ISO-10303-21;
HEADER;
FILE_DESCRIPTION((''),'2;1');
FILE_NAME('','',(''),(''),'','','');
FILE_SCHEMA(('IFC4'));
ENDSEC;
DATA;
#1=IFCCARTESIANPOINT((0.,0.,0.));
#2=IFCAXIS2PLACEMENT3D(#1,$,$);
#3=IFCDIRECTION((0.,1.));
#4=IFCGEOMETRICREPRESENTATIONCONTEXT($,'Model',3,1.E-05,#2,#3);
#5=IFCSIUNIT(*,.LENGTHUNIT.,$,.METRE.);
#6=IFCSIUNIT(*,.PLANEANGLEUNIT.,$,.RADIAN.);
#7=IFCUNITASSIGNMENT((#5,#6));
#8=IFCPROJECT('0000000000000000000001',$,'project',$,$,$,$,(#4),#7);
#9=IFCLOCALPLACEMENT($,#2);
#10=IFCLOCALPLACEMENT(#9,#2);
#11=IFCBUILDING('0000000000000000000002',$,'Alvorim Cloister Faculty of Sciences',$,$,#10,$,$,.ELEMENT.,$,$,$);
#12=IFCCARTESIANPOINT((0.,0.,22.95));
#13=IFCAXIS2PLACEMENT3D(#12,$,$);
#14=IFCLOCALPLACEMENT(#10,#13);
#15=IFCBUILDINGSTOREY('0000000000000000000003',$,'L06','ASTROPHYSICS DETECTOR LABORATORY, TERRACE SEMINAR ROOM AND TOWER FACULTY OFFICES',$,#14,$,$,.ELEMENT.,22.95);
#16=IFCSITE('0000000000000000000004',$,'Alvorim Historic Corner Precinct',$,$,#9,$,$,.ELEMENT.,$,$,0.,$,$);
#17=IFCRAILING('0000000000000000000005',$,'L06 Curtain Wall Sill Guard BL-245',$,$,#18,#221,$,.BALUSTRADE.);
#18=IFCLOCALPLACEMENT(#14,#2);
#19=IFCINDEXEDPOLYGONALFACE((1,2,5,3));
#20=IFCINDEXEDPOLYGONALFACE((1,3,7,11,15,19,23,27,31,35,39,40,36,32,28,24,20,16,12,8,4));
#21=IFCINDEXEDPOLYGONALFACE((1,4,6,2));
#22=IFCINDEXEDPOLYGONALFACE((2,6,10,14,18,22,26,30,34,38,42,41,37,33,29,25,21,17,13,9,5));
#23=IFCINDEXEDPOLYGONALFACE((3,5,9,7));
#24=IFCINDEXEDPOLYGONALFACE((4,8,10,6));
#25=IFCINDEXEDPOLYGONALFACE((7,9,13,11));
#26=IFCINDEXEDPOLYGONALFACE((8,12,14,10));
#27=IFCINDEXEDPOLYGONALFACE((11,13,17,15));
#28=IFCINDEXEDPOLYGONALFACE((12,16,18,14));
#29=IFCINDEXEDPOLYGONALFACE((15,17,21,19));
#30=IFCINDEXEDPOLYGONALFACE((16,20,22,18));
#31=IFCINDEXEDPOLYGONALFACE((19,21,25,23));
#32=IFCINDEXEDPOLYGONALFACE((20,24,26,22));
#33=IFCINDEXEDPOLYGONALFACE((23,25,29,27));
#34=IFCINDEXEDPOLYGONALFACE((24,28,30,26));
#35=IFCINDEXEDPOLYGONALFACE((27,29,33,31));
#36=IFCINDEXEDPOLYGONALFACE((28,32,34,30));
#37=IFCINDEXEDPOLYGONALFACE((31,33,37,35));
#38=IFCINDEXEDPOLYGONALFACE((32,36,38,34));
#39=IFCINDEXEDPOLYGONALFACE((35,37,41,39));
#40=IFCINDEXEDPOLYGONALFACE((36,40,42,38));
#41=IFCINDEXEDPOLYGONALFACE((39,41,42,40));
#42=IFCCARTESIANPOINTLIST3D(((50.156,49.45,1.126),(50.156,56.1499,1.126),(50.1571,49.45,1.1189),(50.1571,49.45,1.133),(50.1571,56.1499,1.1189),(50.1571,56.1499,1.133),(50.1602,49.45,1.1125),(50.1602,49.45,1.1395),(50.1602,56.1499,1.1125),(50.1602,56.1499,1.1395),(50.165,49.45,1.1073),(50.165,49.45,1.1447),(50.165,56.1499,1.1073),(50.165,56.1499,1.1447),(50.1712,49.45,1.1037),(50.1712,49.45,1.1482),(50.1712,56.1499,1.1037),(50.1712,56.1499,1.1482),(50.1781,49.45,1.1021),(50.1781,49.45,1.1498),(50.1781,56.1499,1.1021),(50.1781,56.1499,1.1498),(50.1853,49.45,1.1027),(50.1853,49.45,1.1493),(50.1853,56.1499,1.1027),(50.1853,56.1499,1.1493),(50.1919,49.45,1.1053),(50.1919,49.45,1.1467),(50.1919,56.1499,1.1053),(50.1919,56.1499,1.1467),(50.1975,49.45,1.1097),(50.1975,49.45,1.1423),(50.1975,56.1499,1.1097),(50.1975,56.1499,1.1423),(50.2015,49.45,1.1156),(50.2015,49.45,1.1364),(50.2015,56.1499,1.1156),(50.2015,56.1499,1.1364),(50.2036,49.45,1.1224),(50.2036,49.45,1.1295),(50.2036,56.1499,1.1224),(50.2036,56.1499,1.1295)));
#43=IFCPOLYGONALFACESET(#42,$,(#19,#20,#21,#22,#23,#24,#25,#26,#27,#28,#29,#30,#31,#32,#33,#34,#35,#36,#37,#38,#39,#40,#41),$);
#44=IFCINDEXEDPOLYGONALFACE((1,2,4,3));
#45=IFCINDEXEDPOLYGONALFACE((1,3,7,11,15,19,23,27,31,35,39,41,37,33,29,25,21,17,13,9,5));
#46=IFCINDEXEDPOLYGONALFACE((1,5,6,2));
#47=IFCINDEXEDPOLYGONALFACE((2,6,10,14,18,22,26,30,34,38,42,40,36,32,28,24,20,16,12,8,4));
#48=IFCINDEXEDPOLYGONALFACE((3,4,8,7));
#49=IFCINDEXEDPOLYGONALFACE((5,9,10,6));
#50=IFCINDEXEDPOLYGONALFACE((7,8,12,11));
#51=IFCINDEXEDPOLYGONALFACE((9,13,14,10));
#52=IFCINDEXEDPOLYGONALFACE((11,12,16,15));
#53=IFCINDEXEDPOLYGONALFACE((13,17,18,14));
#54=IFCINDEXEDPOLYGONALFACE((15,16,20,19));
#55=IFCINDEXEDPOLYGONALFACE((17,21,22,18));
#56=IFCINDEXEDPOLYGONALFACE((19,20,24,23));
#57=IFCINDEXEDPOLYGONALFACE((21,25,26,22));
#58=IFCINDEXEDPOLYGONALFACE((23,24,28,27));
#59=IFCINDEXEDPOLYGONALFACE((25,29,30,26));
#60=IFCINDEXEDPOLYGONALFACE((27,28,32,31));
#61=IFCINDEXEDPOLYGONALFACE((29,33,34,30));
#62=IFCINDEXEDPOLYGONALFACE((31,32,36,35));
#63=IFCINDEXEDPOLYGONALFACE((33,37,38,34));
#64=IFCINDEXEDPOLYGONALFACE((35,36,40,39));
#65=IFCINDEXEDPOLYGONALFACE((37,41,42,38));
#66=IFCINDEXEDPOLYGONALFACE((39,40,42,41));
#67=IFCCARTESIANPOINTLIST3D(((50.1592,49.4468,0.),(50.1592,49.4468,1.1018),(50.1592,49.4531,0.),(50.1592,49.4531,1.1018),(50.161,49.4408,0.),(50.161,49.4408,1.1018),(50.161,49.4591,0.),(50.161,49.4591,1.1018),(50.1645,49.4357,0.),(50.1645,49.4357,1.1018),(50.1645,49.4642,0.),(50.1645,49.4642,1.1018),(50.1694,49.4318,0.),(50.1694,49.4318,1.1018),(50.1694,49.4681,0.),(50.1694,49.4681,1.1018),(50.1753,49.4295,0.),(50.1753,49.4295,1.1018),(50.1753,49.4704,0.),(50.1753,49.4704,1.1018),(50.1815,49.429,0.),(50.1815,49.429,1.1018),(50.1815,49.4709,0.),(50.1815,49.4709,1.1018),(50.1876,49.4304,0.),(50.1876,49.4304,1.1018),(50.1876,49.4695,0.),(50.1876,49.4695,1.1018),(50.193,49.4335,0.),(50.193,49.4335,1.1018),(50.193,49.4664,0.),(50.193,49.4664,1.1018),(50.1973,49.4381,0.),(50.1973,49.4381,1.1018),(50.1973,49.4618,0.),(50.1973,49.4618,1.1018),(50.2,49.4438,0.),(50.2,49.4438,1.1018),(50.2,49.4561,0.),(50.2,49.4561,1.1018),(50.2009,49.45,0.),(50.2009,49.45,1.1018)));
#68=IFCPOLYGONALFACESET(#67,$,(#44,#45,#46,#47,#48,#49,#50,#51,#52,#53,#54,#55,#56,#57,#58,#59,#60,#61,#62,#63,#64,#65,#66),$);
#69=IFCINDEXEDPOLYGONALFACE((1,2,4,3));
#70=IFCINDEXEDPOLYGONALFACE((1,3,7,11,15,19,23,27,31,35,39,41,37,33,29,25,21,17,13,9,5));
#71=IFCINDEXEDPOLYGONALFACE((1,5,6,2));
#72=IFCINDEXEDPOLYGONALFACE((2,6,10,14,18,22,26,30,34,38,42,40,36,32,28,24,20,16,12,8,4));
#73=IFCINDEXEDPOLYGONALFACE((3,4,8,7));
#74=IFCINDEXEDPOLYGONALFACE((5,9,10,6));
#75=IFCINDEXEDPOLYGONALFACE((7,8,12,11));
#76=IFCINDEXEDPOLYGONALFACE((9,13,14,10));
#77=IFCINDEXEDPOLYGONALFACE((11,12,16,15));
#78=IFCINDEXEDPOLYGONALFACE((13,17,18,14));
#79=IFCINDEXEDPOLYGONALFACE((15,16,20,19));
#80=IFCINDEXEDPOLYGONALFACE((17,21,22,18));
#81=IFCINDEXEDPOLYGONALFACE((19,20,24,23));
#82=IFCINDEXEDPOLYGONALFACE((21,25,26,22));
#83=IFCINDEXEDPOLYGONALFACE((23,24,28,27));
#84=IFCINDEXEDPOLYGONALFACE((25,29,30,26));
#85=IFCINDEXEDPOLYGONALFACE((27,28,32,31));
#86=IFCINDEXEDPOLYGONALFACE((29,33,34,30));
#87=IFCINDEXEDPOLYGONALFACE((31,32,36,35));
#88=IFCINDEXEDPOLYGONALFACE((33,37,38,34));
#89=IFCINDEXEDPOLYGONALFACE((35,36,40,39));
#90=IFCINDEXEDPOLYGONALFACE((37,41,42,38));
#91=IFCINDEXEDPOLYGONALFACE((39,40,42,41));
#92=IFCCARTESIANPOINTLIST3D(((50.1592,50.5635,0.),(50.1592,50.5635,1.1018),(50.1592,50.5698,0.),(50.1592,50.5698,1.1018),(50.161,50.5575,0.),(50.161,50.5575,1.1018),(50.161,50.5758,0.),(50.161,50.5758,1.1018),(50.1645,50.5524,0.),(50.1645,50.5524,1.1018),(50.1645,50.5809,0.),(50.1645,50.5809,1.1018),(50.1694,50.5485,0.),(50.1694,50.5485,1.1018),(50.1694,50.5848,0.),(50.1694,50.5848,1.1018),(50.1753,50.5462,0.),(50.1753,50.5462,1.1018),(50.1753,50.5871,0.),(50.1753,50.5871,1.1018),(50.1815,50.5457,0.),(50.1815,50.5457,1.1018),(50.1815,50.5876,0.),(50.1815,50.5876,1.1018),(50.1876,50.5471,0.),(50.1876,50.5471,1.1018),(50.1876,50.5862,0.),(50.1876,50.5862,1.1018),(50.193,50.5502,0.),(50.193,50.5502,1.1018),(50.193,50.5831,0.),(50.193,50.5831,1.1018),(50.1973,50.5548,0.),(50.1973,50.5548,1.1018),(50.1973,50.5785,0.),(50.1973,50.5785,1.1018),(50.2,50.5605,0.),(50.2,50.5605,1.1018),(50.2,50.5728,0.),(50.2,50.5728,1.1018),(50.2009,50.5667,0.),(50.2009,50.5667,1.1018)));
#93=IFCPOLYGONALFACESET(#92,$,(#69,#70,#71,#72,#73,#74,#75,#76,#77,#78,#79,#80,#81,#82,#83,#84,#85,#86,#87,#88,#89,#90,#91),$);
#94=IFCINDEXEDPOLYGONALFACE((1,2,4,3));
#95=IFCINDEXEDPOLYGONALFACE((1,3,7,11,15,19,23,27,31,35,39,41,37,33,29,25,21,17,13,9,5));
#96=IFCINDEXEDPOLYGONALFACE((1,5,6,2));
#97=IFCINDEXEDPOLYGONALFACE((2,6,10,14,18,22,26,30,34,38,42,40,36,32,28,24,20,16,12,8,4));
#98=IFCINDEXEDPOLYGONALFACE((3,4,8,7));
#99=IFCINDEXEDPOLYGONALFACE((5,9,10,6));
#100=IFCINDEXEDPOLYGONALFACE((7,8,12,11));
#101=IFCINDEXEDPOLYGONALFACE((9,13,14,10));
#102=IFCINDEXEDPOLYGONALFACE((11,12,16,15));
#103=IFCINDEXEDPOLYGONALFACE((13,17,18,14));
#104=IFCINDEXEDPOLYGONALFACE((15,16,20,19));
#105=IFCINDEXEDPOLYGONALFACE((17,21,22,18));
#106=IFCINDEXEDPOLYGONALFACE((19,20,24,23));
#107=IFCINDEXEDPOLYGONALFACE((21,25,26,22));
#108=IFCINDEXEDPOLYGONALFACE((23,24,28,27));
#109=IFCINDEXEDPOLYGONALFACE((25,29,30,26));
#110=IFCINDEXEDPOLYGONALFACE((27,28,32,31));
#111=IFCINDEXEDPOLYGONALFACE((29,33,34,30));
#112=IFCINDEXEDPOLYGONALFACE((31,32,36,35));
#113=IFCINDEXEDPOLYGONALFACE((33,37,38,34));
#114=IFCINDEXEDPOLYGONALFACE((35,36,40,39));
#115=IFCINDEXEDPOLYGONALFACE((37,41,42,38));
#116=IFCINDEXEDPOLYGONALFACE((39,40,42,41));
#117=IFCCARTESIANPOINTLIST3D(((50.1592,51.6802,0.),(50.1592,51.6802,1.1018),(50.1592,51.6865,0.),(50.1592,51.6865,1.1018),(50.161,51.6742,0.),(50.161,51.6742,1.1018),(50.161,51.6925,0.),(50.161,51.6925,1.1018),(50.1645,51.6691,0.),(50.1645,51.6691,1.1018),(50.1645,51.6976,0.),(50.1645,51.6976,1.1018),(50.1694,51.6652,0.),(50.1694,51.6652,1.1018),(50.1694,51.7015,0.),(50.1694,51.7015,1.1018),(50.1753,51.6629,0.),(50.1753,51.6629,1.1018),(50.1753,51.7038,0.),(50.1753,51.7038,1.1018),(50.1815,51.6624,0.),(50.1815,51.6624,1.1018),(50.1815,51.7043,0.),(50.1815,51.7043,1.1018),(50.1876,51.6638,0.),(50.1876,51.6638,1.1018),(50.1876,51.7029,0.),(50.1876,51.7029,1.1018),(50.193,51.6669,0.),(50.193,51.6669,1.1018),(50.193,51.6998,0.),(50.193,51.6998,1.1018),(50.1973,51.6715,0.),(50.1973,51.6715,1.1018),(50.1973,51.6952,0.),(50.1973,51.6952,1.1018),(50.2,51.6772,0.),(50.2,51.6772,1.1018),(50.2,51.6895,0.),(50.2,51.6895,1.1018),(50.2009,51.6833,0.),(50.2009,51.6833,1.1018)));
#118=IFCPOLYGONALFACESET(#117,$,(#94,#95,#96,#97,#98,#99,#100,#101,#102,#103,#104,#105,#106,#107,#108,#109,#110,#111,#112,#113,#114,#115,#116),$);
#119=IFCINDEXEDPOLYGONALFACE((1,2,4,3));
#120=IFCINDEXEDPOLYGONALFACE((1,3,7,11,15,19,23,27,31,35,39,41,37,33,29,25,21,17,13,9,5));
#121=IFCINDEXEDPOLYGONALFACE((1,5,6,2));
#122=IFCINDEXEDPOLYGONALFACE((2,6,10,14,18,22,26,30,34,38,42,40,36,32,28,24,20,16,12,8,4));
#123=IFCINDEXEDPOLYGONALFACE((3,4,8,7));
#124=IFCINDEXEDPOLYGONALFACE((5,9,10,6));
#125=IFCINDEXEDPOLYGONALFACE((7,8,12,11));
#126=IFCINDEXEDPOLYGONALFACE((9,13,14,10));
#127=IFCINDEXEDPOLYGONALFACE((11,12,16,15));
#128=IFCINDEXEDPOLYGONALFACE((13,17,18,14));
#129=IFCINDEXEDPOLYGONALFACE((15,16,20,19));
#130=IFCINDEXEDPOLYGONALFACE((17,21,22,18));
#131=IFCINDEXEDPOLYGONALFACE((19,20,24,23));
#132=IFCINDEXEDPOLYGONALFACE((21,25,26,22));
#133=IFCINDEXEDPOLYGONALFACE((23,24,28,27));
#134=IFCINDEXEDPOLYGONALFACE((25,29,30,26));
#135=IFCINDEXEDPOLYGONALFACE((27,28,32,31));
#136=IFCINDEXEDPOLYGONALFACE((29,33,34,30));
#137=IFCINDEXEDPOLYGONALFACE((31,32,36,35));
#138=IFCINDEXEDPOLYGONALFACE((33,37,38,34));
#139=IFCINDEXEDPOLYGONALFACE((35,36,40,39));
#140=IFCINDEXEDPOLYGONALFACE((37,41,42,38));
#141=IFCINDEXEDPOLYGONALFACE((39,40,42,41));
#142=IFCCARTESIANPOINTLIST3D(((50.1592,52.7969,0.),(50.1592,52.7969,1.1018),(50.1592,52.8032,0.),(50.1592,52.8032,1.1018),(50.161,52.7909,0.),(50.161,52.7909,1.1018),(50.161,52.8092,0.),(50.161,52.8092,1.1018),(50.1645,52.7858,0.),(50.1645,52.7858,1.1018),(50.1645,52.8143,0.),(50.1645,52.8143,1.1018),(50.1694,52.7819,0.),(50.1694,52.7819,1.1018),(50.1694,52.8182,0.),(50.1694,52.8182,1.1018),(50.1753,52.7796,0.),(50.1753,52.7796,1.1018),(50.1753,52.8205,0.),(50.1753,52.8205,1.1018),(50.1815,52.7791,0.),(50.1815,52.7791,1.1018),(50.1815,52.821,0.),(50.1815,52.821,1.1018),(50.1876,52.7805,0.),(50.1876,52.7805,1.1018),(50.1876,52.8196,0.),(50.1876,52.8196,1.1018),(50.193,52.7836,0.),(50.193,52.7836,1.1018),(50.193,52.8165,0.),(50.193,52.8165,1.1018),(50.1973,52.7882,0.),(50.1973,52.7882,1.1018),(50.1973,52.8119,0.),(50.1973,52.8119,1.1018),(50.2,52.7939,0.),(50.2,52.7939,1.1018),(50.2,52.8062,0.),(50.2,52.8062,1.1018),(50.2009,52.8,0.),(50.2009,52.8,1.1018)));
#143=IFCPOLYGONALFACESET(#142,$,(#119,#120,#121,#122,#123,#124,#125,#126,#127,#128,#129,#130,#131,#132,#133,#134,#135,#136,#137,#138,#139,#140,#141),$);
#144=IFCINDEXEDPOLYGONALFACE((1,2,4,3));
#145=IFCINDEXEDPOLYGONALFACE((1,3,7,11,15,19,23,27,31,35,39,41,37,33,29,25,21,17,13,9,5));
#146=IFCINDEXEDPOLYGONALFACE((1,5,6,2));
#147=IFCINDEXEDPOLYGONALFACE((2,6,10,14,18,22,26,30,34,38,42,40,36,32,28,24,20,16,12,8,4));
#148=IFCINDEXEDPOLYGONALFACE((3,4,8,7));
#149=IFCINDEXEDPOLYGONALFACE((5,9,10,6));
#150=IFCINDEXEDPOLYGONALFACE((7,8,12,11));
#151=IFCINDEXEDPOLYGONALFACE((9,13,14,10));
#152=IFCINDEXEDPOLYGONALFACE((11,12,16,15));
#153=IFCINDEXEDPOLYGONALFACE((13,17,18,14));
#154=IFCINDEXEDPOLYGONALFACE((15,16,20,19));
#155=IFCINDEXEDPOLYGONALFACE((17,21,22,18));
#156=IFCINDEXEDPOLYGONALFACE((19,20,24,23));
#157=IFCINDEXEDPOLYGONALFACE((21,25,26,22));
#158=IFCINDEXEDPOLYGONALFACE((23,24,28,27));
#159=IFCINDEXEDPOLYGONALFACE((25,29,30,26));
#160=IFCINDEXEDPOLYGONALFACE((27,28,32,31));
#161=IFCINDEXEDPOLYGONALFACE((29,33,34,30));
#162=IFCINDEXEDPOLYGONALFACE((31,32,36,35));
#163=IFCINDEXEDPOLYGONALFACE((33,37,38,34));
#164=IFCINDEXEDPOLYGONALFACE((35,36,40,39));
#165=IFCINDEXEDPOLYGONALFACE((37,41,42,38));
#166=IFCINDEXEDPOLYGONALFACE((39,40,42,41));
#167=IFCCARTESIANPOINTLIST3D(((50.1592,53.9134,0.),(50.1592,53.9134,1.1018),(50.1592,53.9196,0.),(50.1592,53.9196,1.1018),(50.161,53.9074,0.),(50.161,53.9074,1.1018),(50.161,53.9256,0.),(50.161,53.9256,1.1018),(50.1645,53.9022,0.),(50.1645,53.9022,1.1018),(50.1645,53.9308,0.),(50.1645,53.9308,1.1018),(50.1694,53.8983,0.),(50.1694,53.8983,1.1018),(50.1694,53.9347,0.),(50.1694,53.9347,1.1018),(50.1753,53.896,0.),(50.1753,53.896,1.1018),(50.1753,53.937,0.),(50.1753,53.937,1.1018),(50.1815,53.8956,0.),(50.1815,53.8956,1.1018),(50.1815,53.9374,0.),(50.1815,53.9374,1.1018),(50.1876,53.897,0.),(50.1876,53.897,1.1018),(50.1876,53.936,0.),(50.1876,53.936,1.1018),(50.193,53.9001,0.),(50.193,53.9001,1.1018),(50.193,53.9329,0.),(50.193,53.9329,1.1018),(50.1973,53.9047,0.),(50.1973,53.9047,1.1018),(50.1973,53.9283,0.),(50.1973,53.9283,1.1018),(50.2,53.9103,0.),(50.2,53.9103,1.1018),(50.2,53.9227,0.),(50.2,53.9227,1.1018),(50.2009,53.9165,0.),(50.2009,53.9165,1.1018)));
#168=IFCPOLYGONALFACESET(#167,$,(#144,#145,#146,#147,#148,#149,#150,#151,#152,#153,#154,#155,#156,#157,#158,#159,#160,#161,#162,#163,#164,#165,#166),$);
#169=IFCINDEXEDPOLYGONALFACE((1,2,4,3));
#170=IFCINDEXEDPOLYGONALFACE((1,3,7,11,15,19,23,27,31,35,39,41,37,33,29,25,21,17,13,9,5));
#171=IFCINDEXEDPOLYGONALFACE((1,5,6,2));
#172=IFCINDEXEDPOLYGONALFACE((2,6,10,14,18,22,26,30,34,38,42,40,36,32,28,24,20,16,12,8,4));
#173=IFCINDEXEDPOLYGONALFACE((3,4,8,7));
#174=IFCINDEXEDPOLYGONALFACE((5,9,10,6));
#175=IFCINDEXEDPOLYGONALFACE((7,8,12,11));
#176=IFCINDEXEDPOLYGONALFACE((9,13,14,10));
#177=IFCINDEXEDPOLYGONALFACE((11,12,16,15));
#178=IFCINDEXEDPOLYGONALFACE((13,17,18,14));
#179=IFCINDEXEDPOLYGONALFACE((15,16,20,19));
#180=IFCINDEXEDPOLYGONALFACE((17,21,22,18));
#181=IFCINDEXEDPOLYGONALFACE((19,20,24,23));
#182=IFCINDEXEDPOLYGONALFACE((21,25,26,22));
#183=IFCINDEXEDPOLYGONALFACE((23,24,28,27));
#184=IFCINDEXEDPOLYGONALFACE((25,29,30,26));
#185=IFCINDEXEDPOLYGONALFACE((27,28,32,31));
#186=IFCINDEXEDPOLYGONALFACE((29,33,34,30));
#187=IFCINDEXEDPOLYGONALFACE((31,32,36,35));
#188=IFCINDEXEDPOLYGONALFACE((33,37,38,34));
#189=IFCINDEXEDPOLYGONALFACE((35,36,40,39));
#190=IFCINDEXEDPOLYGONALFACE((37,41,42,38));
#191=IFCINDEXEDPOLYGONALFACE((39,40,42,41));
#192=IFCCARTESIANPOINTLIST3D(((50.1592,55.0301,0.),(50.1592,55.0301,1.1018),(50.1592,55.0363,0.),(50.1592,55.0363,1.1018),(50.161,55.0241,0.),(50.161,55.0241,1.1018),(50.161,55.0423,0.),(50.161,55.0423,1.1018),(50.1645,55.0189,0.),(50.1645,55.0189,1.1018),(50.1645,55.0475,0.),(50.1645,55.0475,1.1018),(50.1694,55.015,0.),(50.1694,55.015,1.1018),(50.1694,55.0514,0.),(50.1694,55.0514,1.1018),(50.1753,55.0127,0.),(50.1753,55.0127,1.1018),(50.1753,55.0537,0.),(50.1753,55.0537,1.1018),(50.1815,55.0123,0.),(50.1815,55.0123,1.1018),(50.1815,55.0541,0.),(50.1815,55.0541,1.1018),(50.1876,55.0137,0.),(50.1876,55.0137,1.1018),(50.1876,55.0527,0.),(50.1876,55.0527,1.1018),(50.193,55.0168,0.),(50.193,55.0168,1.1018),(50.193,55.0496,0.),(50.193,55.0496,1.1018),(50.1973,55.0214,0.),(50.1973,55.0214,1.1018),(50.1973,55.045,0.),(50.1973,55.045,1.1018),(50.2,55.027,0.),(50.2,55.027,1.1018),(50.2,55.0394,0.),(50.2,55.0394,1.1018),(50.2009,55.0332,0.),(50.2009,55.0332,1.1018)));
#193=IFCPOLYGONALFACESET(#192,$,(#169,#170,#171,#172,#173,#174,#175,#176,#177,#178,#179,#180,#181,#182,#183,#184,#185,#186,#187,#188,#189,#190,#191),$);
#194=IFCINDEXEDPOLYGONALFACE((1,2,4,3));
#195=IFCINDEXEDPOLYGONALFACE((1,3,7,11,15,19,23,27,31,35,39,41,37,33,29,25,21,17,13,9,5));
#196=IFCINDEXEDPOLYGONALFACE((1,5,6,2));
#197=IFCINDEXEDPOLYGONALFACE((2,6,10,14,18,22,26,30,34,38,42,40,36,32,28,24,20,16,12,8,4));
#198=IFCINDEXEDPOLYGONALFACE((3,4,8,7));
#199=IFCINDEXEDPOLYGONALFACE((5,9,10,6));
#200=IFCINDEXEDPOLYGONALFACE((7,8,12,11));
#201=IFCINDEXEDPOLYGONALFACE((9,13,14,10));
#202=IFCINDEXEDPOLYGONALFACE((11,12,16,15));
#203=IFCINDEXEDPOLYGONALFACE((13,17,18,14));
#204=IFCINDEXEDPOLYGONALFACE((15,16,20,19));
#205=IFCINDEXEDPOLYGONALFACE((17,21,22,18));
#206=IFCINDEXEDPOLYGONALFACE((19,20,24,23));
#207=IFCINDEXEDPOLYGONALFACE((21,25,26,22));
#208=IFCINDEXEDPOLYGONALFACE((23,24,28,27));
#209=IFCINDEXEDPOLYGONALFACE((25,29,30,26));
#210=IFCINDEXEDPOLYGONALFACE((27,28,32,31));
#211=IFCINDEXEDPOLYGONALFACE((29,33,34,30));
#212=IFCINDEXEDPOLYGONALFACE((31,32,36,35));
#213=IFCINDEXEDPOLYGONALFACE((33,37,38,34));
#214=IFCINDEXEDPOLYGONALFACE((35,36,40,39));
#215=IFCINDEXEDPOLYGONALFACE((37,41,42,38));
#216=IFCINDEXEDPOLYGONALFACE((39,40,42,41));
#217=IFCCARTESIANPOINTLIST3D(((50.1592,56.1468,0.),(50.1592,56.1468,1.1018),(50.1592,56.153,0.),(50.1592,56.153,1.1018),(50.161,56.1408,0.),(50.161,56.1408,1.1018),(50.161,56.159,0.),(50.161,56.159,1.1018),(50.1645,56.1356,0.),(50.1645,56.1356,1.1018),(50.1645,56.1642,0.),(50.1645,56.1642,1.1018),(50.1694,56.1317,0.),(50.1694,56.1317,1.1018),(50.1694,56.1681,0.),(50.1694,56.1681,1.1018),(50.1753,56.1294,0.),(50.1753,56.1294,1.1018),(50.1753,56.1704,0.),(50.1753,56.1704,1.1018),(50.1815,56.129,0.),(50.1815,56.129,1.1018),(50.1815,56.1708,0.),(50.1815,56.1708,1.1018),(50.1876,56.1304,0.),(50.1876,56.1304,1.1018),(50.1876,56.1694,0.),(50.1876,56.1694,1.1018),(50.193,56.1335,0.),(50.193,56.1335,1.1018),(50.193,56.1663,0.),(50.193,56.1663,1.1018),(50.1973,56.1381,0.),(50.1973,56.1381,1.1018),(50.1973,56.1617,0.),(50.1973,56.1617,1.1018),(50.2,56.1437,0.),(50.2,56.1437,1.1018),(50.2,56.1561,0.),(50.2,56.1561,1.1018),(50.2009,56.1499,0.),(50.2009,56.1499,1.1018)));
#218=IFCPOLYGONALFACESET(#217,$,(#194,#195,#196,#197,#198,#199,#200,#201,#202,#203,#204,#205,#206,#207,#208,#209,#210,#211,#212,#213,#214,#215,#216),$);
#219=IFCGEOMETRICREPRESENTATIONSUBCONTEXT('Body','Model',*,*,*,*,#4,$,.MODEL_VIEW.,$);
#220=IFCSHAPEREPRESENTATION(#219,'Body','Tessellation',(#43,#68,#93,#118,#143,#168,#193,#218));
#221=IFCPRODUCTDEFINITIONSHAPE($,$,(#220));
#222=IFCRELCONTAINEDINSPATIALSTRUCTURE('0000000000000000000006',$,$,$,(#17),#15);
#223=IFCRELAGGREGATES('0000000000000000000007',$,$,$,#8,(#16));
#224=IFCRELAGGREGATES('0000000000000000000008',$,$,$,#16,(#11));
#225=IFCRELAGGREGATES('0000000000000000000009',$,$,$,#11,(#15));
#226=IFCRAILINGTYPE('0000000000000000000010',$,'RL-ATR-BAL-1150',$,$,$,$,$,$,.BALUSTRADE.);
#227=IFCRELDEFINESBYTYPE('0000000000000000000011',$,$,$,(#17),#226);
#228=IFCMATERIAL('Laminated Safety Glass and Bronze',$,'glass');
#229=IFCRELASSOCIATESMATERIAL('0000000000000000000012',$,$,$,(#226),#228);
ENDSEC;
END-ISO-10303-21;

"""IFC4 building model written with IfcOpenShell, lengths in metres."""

from ifc_helpers import new_model, si_unit, direction, frame, origin, origin_2d, place, context, subcontext, project, spatial, circle, extrude, material, type_object, element, save


model = new_model("IFC4")

# Units and contexts
model_context = context("Model", 3, precision=1e-05, world=origin(), true_north=direction((0.0, 1.0)))
body_context = subcontext(model_context, "Body", "Model", "MODEL_VIEW")
ifc_project = project(units=[si_unit("LENGTHUNIT", "METRE"), si_unit("PLANEANGLEUNIT", "RADIAN")], contexts=[model_context])

# Site, building, storey
site_placement = place(None, origin())
site = spatial("IfcSite", under=ifc_project, at=site_placement, Name="Alvorim Historic Corner Precinct", CompositionType="ELEMENT", RefElevation=0.0)
building_placement = place(site_placement, origin())
building = spatial("IfcBuilding", under=site, at=building_placement, Name="Alvorim Cloister Faculty of Sciences", CompositionType="ELEMENT")
storey_placement = place(building_placement, frame((0.0, 0.0, 22.95)))
storey = spatial("IfcBuildingStorey", under=building, at=storey_placement, Name="L06", Description="ASTROPHYSICS DETECTOR LABORATORY, TERRACE SEMINAR ROOM AND TOWER FACULTY OFFICES", CompositionType="ELEMENT", Elevation=22.95)

# Railing
ifc_material_1 = material(Name="Laminated Safety Glass and Bronze", Category="glass")
railing_type = type_object("IfcRailingType", Name="RL-ATR-BAL-1150", PredefinedType="BALUSTRADE", material=ifc_material_1)
railing_placement = place(storey_placement, frame((50.1799, 49.45, 0.0)))
element("IfcRailing", 1, at=railing_placement, inside=storey, type_object=railing_type, Name="L06 Curtain Wall Sill Guard BL-245", PredefinedType="BALUSTRADE", context=body_context, shape_type="SweptSolid", body=[
    extrude(circle(Radius=0.0239, at=origin_2d()), frame((0.0, 0.0, 1.126), z_axis=(0.0, 1.0, 0.0), x_axis=(-1.0, 0.0, 0.0)), (0.0, 0.0, 1.0), 6.7),
    extrude(circle(Radius=0.021, at=origin_2d()), origin(), (0.0, 0.0, 1.0), 1.1018),
    extrude(circle(Radius=0.021, at=origin_2d()), frame((0.0, 1.1167, 0.0)), (0.0, 0.0, 1.0), 1.1018),
    extrude(circle(Radius=0.021, at=origin_2d()), frame((0.0, 2.2334, 0.0)), (0.0, 0.0, 1.0), 1.1018),
    extrude(circle(Radius=0.021, at=origin_2d()), frame((0.0, 3.3501, 0.0)), (0.0, 0.0, 1.0), 1.1018),
    extrude(circle(Radius=0.021, at=origin_2d()), frame((0.0, 4.4666, 0.0)), (0.0, 0.0, 1.0), 1.1018),
    extrude(circle(Radius=0.021, at=origin_2d()), frame((0.0, 5.5833, 0.0)), (0.0, 0.0, 1.0), 1.1018),
    extrude(circle(Radius=0.021, at=origin_2d()), frame((0.0, 6.7, 0.0)), (0.0, 0.0, 1.0), 1.1018),
])

save(model, "model.ifc")
